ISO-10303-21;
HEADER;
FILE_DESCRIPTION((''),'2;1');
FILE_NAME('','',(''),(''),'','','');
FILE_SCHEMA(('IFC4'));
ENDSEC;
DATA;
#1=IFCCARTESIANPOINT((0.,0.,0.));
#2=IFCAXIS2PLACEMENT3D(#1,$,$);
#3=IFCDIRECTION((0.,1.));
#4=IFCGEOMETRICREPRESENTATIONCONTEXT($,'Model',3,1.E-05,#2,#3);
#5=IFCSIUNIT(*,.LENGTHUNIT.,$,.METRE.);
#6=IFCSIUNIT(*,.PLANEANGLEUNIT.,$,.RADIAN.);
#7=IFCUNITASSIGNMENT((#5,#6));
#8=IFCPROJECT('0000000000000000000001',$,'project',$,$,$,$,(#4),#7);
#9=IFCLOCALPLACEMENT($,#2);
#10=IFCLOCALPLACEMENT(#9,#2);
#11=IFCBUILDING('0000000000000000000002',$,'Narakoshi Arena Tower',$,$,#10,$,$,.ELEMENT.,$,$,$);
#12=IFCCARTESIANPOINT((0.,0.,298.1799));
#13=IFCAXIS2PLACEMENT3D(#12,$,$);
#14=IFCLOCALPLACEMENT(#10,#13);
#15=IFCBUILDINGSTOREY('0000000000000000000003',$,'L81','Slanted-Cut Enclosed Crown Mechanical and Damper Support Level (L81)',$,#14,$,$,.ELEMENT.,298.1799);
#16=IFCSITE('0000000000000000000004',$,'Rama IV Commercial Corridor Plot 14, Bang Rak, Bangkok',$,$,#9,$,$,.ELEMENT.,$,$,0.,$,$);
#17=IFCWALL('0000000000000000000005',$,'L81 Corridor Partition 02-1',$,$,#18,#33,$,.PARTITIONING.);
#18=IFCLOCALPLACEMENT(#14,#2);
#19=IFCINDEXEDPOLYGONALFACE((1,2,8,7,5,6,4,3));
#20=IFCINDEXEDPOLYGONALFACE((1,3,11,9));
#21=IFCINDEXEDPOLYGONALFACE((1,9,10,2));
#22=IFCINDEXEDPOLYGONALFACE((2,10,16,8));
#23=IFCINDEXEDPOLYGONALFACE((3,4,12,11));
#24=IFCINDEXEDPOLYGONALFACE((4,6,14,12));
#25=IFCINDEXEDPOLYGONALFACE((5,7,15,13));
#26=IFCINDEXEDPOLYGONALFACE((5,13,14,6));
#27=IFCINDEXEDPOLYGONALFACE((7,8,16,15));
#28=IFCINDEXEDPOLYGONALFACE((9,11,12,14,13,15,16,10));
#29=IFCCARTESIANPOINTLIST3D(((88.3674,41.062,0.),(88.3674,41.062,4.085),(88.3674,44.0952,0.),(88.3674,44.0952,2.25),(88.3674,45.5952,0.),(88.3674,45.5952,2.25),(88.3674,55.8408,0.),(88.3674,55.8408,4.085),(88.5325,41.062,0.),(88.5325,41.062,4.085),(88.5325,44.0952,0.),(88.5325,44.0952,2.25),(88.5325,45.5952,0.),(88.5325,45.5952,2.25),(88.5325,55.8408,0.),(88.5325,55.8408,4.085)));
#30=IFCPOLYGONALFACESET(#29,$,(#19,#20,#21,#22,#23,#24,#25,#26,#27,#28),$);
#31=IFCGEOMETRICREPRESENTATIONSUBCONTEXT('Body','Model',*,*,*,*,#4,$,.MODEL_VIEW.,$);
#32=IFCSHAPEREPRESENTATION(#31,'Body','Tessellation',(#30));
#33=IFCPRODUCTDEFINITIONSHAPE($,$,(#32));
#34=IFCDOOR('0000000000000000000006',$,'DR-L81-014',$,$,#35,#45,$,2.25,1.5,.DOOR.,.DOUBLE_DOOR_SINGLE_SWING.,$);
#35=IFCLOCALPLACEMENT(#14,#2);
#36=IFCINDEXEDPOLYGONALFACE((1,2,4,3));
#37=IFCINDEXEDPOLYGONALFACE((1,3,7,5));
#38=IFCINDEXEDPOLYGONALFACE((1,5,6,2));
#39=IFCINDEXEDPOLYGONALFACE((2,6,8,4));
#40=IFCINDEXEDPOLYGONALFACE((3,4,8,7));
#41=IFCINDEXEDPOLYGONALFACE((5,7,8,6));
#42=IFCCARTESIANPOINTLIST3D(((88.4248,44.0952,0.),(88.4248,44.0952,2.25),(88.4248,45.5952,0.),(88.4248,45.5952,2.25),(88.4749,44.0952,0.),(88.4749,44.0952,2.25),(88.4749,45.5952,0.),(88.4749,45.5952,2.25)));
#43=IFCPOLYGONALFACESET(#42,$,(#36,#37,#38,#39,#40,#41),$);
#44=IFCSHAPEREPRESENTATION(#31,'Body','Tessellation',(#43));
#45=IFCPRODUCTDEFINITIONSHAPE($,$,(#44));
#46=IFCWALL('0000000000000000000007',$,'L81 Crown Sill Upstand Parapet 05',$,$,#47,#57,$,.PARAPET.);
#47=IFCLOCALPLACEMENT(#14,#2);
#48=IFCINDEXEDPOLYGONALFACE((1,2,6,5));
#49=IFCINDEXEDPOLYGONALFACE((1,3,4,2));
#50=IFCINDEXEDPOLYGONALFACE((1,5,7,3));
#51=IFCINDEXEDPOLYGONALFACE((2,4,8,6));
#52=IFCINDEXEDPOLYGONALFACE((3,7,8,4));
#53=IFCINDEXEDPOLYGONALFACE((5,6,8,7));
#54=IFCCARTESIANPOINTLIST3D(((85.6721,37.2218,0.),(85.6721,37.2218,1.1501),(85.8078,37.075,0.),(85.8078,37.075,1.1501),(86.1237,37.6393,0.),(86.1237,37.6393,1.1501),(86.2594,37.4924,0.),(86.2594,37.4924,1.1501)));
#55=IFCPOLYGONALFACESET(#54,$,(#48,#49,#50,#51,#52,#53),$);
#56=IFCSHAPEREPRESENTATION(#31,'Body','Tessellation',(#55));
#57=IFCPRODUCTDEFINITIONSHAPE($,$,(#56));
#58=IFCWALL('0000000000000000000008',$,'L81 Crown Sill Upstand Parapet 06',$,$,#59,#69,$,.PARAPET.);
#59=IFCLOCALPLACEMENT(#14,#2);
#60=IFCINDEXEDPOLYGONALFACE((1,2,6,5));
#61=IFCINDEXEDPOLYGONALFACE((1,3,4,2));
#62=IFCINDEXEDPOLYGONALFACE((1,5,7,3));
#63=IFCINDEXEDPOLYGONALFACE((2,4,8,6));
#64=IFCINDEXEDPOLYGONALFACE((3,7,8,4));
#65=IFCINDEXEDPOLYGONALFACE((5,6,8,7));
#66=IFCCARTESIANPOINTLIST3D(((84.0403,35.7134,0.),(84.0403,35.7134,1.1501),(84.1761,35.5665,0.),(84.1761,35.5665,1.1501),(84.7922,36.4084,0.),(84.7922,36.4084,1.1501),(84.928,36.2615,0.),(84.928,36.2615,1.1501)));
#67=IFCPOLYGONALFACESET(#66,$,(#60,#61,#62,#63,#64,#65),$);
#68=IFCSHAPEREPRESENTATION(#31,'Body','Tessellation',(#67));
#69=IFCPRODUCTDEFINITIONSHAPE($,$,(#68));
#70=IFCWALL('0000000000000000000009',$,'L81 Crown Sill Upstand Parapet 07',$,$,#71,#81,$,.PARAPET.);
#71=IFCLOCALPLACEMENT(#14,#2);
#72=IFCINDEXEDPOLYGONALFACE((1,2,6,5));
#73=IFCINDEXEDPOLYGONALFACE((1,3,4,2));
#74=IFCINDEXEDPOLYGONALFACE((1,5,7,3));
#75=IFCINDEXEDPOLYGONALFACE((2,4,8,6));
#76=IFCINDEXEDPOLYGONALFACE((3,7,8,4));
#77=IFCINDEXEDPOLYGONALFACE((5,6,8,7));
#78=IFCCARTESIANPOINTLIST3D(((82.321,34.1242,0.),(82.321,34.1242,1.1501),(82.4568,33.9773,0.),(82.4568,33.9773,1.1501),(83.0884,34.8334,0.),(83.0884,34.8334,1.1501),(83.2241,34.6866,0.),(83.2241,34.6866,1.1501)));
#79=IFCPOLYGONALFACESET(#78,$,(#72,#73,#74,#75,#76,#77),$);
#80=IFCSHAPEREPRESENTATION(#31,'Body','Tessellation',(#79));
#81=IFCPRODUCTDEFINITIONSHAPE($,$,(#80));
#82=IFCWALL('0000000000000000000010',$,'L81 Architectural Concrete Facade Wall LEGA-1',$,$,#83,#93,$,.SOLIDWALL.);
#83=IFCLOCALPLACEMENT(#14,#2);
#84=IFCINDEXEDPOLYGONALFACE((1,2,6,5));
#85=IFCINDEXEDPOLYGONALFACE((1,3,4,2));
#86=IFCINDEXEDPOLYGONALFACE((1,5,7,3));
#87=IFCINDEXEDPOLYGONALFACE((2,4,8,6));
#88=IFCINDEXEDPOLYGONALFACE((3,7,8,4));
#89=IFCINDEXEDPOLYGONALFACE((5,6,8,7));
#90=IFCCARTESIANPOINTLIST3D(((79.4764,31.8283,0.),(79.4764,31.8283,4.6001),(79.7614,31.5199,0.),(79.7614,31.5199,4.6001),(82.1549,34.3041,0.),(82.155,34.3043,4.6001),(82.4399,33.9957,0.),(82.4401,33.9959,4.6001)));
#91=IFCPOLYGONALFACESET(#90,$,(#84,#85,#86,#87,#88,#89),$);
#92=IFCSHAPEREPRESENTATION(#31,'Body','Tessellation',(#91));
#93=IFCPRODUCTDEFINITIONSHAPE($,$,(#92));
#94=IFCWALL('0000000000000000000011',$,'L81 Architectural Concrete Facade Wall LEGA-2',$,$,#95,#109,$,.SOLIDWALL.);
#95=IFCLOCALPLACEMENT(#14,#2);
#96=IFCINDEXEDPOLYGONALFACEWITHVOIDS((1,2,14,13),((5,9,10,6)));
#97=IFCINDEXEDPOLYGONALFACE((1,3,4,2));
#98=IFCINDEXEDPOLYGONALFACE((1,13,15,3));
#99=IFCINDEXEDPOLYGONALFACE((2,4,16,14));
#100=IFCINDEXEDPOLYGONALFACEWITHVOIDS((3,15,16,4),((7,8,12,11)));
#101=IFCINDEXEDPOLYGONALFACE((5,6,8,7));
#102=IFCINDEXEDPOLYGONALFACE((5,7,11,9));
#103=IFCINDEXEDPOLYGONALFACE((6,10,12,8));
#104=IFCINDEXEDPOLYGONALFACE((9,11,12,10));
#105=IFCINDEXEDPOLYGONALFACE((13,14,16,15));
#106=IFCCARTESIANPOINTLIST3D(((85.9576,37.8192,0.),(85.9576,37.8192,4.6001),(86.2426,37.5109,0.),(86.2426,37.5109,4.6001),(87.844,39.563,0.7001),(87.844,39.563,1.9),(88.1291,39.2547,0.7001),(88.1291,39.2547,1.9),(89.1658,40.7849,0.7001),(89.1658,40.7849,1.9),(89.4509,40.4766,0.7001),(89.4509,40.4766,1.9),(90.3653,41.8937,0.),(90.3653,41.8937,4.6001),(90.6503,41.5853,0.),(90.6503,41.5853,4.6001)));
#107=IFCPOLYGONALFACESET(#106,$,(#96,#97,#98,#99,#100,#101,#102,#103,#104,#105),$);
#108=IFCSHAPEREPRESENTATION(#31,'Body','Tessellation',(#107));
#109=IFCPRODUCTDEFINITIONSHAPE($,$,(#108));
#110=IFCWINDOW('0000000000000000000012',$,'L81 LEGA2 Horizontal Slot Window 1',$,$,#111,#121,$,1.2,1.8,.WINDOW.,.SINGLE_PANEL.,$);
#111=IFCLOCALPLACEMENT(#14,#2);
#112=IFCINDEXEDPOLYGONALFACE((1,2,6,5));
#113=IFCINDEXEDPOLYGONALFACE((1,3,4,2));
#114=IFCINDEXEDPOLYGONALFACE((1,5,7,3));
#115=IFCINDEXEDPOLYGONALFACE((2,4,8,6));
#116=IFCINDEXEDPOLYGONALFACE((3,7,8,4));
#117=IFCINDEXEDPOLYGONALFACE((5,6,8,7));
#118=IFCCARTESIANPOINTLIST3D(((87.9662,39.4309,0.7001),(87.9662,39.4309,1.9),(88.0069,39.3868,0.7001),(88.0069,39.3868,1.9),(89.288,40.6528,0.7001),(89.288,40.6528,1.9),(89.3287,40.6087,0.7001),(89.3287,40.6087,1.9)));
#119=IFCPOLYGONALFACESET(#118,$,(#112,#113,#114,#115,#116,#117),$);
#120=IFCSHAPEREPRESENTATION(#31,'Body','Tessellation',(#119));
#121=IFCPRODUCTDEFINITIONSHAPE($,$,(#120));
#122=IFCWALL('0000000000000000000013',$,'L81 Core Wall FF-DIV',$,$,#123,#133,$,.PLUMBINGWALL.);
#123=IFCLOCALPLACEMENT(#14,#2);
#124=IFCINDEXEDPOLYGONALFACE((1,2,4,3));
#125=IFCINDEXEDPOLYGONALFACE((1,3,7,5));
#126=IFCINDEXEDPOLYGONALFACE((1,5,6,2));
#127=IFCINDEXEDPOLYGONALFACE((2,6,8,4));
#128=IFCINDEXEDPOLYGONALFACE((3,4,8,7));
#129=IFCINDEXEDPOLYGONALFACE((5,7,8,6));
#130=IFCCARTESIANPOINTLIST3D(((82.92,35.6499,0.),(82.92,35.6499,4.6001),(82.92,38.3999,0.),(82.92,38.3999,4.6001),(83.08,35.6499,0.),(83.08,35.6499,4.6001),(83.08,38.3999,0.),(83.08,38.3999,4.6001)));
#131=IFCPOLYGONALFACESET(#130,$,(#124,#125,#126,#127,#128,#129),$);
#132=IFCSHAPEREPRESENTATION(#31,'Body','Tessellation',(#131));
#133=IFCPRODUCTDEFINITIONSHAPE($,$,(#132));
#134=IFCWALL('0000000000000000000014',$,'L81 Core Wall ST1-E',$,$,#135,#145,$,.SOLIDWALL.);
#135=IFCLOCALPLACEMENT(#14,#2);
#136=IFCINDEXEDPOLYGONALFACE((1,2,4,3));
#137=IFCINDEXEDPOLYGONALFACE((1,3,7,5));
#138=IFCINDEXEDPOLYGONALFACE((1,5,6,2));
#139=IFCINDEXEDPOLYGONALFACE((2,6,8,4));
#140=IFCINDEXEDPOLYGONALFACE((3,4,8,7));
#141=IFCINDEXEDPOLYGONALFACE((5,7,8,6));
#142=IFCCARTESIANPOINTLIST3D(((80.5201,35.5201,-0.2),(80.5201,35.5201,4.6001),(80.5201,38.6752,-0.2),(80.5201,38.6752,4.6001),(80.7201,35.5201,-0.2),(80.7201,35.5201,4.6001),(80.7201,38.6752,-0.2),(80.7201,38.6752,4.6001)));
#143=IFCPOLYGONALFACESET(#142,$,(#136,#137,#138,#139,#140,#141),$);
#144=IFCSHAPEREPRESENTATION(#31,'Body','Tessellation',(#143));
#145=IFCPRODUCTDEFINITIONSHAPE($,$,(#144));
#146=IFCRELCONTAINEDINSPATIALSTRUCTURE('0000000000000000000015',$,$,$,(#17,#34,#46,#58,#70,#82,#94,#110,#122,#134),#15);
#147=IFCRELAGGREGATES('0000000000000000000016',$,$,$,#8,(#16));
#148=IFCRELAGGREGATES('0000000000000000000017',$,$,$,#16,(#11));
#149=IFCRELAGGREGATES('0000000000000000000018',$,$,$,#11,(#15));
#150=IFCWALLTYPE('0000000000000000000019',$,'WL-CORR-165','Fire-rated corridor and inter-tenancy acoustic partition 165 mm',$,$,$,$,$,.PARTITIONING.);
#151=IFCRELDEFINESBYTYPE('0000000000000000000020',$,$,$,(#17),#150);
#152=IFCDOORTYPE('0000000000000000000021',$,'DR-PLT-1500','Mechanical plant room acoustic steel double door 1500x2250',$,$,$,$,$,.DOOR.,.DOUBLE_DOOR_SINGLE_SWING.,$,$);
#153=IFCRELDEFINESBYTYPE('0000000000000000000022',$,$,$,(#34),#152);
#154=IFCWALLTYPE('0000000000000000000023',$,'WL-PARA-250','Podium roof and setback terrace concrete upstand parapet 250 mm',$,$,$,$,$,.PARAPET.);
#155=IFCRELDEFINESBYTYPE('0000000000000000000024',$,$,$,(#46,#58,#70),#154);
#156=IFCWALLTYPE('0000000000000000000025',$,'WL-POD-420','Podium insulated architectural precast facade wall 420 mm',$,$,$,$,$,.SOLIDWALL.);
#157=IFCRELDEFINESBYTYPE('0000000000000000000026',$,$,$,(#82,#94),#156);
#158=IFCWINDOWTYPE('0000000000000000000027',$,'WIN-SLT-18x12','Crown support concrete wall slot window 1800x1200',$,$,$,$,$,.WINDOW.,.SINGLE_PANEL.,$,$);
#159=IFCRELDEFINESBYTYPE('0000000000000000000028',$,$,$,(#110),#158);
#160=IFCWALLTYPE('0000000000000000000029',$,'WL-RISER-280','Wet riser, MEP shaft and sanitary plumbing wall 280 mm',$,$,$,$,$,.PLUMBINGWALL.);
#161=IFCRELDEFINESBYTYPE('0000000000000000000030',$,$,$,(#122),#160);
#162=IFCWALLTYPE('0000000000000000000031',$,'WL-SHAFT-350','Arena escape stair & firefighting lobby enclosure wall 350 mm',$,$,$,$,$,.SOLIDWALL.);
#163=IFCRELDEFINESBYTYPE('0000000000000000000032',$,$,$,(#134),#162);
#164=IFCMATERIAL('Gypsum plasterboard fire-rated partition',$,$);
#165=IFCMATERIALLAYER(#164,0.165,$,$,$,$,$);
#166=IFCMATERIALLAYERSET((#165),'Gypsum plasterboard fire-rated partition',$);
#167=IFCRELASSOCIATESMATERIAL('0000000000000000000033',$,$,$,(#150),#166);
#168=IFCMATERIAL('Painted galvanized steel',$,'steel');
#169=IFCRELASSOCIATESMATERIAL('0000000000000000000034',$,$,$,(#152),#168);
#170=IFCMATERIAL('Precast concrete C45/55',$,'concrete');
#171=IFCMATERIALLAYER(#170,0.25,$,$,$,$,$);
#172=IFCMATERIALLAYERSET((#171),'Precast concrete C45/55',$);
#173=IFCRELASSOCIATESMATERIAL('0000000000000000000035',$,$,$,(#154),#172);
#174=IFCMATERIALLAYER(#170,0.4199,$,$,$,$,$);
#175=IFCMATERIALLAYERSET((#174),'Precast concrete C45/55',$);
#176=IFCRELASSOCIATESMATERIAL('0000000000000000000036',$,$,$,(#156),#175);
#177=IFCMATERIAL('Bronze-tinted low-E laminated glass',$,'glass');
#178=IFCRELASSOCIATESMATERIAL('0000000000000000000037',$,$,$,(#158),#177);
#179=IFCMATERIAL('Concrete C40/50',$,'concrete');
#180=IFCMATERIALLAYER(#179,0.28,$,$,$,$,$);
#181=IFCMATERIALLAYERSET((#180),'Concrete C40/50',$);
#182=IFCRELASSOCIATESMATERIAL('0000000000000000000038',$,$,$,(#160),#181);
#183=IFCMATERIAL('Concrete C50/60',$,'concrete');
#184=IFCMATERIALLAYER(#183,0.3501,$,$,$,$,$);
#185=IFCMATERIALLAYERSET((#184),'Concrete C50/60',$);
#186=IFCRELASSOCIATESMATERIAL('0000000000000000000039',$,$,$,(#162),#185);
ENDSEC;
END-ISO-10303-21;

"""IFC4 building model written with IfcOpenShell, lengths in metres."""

from ifc_helpers import new_model, si_unit, direction, frame, frame_2d, origin, place, context, subcontext, project, spatial, polyline, rectangle, outline, extrude, material, layer, layer_set, type_object, element, fill, save


model = new_model("IFC4")

# Units and contexts
model_context = context("Model", 3, precision=1e-05, world=origin(), true_north=direction((0.0, 1.0)))
body_context = subcontext(model_context, "Body", "Model", "MODEL_VIEW")
ifc_project = project(units=[si_unit("LENGTHUNIT", "METRE"), si_unit("PLANEANGLEUNIT", "RADIAN")], contexts=[model_context])

# Site, building, storey
site_placement = place(None, origin())
site = spatial("IfcSite", under=ifc_project, at=site_placement, Name="Rama IV Commercial Corridor Plot 14, Bang Rak, Bangkok", CompositionType="ELEMENT", RefElevation=0.0)
building_placement = place(site_placement, origin())
building = spatial("IfcBuilding", under=site, at=building_placement, Name="Narakoshi Arena Tower", CompositionType="ELEMENT")
storey_placement = place(building_placement, frame((0.0, 0.0, 298.1799)))
storey = spatial("IfcBuildingStorey", under=building, at=storey_placement, Name="L81", Description="Slanted-Cut Enclosed Crown Mechanical and Damper Support Level (L81)", CompositionType="ELEMENT", Elevation=298.1799)

# Shared definitions
ifc_material_1 = material(Name="Concrete C50/60", Category="concrete")

# Wall, opening, door
ifc_material_2 = material(Name="Gypsum plasterboard fire-rated partition")
ifc_layer_1 = layer(ifc_material_2, 0.165)
ifc_layer_set_1 = layer_set([ifc_layer_1], Name="Gypsum plasterboard fire-rated partition")
wall_type_1 = type_object("IfcWallType", Name="WL-CORR-165", Description="Fire-rated corridor and inter-tenancy acoustic partition 165 mm", PredefinedType="PARTITIONING", material=ifc_layer_set_1)
wall_1_placement = place(storey_placement, frame((88.45, 41.062, 0.0), z_axis=(0.0, 0.0, 1.0), x_axis=(0.0, 1.0, 0.0)))
wall_1 = element("IfcWall", 1, at=wall_1_placement, inside=storey, type_object=wall_type_1, Name="L81 Corridor Partition 02-1", PredefinedType="PARTITIONING", context=body_context, shape_type="SweptSolid", body=[
    extrude(rectangle(XDim=14.7788, YDim=0.165, at=frame_2d((7.3894, 0.0))), origin(), (0.0, 0.0, 1.0), 4.085),
])
opening_1_placement = place(wall_1_placement, frame((3.0332, 0.0, 0.0)))
opening_1 = element("IfcOpeningElement", 2, at=opening_1_placement, cuts=wall_1, PredefinedType="OPENING", context=body_context, shape_type="SweptSolid", body=[
    extrude(rectangle(XDim=1.5, YDim=2.25, at=frame_2d((0.75, 1.125))), frame((0.0, 0.0925, 0.0), z_axis=(0.0, -1.0, 0.0), x_axis=(1.0, 0.0, 0.0)), (0.0, 0.0, 1.0), 0.1851),
])
ifc_material_3 = material(Name="Painted galvanized steel", Category="steel")
door_type_1 = type_object("IfcDoorType", Name="DR-PLT-1500", Description="Mechanical plant room acoustic steel double door 1500x2250", OperationType="DOUBLE_DOOR_SINGLE_SWING", PredefinedType="DOOR", material=ifc_material_3)
door_1_placement = place(opening_1_placement, frame((1.5, 0.0, 0.0), z_axis=(0.0, 0.0, 1.0), x_axis=(-1.0, 0.0, 0.0)))
door_1 = element("IfcDoor", 3, at=door_1_placement, inside=storey, type_object=door_type_1, Name="DR-L81-014", OperationType="DOUBLE_DOOR_SINGLE_SWING", OverallHeight=2.25, OverallWidth=1.5, PredefinedType="DOOR", context=body_context, shape_type="SweptSolid", body=[
    extrude(rectangle(XDim=1.5, YDim=2.25, at=frame_2d((0.75, 1.125))), frame((0.0, 0.0249, 0.0), z_axis=(0.0, -1.0, 0.0), x_axis=(1.0, 0.0, 0.0)), (0.0, 0.0, 1.0), 0.05),
])
fill(opening_1, door_1)

# Walls
ifc_material_4 = material(Name="Precast concrete C45/55", Category="concrete")
ifc_layer_2 = layer(ifc_material_4, 0.25)
ifc_layer_set_2 = layer_set([ifc_layer_2], Name="Precast concrete C45/55")
wall_type_2 = type_object("IfcWallType", Name="WL-PARA-250", Description="Podium roof and setback terrace concrete upstand parapet 250 mm", PredefinedType="PARAPET", material=ifc_layer_set_2)
wall_2_placement = place(storey_placement, frame((86.1917, 37.5659, 0.0), z_axis=(0.0, 0.0, 1.0), x_axis=(-0.734347, -0.678775, 0.0)))
element("IfcWall", 4, at=wall_2_placement, inside=storey, type_object=wall_type_2, Name="L81 Crown Sill Upstand Parapet 05", PredefinedType="PARAPET", context=body_context, shape_type="SweptSolid", body=[
    extrude(rectangle(XDim=0.615, YDim=0.2, at=frame_2d((0.3076, 0.0))), origin(), (0.0, 0.0, 1.0), 1.1501),
])
wall_3_placement = place(storey_placement, frame((84.8601, 36.335, 0.0), z_axis=(0.0, 0.0, 1.0), x_axis=(-0.734337, -0.678785, 0.0)))
element("IfcWall", 5, at=wall_3_placement, inside=storey, type_object=wall_type_2, Name="L81 Crown Sill Upstand Parapet 06", PredefinedType="PARAPET", context=body_context, shape_type="SweptSolid", body=[
    extrude(rectangle(XDim=1.0239, YDim=0.2, at=frame_2d((0.512, 0.0))), origin(), (0.0, 0.0, 1.0), 1.1501),
])
wall_4_placement = place(storey_placement, frame((83.1562, 34.76, 0.0), z_axis=(0.0, 0.0, 1.0), x_axis=(-0.734364, -0.678755, 0.0)))
element("IfcWall", 6, at=wall_4_placement, inside=storey, type_object=wall_type_2, Name="L81 Crown Sill Upstand Parapet 07", PredefinedType="PARAPET", context=body_context, shape_type="SweptSolid", body=[
    extrude(rectangle(XDim=1.0449, YDim=0.2, at=frame_2d((0.5225, 0.0))), origin(), (0.0, 0.0, 1.0), 1.1501),
])
ifc_layer_3 = layer(ifc_material_4, 0.4199)
ifc_layer_set_3 = layer_set([ifc_layer_3], Name="Precast concrete C45/55")
wall_type_3 = type_object("IfcWallType", Name="WL-POD-420", Description="Podium insulated architectural precast facade wall 420 mm", PredefinedType="SOLIDWALL", material=ifc_layer_set_3)
wall_5_placement = place(storey_placement, frame((79.6189, 31.6741, 0.0), z_axis=(0.0, 0.0, 1.0), x_axis=(0.734339, 0.678783, 0.0)))
element("IfcWall", 7, at=wall_5_placement, inside=storey, type_object=wall_type_3, Name="L81 Architectural Concrete Facade Wall LEGA-1", PredefinedType="SOLIDWALL", context=body_context, shape_type="SweptSolid", body=[
    extrude(outline(polyline([(0.0, 0.0), (3.6475, 0.0), (3.6477, 4.6001), (0.0, 4.6001), (0.0, 0.0)])), frame((0.0, 0.21, 0.0), z_axis=(0.0, -1.0, 0.0), x_axis=(1.0, 0.0, 0.0)), (0.0, 0.0, 1.0), 0.4199),
])

# Wall, opening, window
wall_6_placement = place(storey_placement, frame((86.1001, 37.665, 0.0), z_axis=(0.0, 0.0, 1.0), x_axis=(0.734321, 0.678802, 0.0)))
wall_6 = element("IfcWall", 8, at=wall_6_placement, inside=storey, type_object=wall_type_3, Name="L81 Architectural Concrete Facade Wall LEGA-2", PredefinedType="SOLIDWALL", context=body_context, shape_type="SweptSolid", body=[
    extrude(outline(polyline([(0.0, 0.0), (6.0024, 0.0), (6.0024, 4.6001), (0.0, 4.6001), (0.0, 0.0)])), frame((0.0, 0.21, 0.0), z_axis=(0.0, -1.0, 0.0), x_axis=(1.0, 0.0, 0.0)), (0.0, 0.0, 1.0), 0.4199),
])
opening_2_placement = place(wall_6_placement, frame((2.5691, 0.0, 0.7)))
opening_2 = element("IfcOpeningElement", 9, at=opening_2_placement, cuts=wall_6, PredefinedType="OPENING", context=body_context, shape_type="SweptSolid", body=[
    extrude(rectangle(XDim=1.8, YDim=1.2, at=frame_2d((0.8999, 0.6001))), frame((0.0, 0.22, 0.0), z_axis=(0.0, -1.0, 0.0), x_axis=(1.0, 0.0, 0.0)), (0.0, 0.0, 1.0), 0.4399),
])
ifc_material_5 = material(Name="Bronze-tinted low-E laminated glass", Category="glass")
window_type = type_object("IfcWindowType", Name="WIN-SLT-18x12", Description="Crown support concrete wall slot window 1800x1200", PartitioningType="SINGLE_PANEL", PredefinedType="WINDOW", material=ifc_material_5)
window_placement = place(opening_2_placement, origin())
window = element("IfcWindow", 10, at=window_placement, inside=storey, type_object=window_type, Name="L81 LEGA2 Horizontal Slot Window 1", OverallHeight=1.2, OverallWidth=1.8, PartitioningType="SINGLE_PANEL", PredefinedType="WINDOW", context=body_context, shape_type="SweptSolid", body=[
    extrude(rectangle(XDim=1.8, YDim=1.2, at=frame_2d((0.8999, 0.6001))), frame((0.0, 0.03, 0.0), z_axis=(0.0, -1.0, 0.0), x_axis=(1.0, 0.0, 0.0)), (0.0, 0.0, 1.0), 0.0601),
])
fill(opening_2, window)

# Walls
ifc_material_6 = material(Name="Concrete C40/50", Category="concrete")
ifc_layer_4 = layer(ifc_material_6, 0.28)
ifc_layer_set_4 = layer_set([ifc_layer_4], Name="Concrete C40/50")
wall_type_4 = type_object("IfcWallType", Name="WL-RISER-280", Description="Wet riser, MEP shaft and sanitary plumbing wall 280 mm", PredefinedType="PLUMBINGWALL", material=ifc_layer_set_4)
wall_7_placement = place(storey_placement, frame((83.0, 35.6499, 0.0), z_axis=(0.0, 0.0, 1.0), x_axis=(0.0, 1.0, 0.0)))
element("IfcWall", 11, at=wall_7_placement, inside=storey, type_object=wall_type_4, Name="L81 Core Wall FF-DIV", PredefinedType="PLUMBINGWALL", context=body_context, shape_type="SweptSolid", body=[
    extrude(rectangle(XDim=2.75, YDim=0.1599, at=frame_2d((1.375, 0.0))), origin(), (0.0, 0.0, 1.0), 4.6001),
])
ifc_layer_5 = layer(ifc_material_1, 0.3501)
ifc_layer_set_5 = layer_set([ifc_layer_5], Name="Concrete C50/60")
wall_type_5 = type_object("IfcWallType", Name="WL-SHAFT-350", Description="Arena escape stair & firefighting lobby enclosure wall 350 mm", PredefinedType="SOLIDWALL", material=ifc_layer_set_5)
wall_8_placement = place(storey_placement, frame((80.6201, 35.52, -0.2), z_axis=(0.0, 0.0, 1.0), x_axis=(0.0, 1.0, 0.0)))
element("IfcWall", 12, at=wall_8_placement, inside=storey, type_object=wall_type_5, Name="L81 Core Wall ST1-E", PredefinedType="SOLIDWALL", context=body_context, shape_type="SweptSolid", body=[
    extrude(rectangle(XDim=3.155, YDim=0.2, at=frame_2d((1.5776, 0.0))), origin(), (0.0, 0.0, 1.0), 4.8),
])

save(model, "model.ifc")
